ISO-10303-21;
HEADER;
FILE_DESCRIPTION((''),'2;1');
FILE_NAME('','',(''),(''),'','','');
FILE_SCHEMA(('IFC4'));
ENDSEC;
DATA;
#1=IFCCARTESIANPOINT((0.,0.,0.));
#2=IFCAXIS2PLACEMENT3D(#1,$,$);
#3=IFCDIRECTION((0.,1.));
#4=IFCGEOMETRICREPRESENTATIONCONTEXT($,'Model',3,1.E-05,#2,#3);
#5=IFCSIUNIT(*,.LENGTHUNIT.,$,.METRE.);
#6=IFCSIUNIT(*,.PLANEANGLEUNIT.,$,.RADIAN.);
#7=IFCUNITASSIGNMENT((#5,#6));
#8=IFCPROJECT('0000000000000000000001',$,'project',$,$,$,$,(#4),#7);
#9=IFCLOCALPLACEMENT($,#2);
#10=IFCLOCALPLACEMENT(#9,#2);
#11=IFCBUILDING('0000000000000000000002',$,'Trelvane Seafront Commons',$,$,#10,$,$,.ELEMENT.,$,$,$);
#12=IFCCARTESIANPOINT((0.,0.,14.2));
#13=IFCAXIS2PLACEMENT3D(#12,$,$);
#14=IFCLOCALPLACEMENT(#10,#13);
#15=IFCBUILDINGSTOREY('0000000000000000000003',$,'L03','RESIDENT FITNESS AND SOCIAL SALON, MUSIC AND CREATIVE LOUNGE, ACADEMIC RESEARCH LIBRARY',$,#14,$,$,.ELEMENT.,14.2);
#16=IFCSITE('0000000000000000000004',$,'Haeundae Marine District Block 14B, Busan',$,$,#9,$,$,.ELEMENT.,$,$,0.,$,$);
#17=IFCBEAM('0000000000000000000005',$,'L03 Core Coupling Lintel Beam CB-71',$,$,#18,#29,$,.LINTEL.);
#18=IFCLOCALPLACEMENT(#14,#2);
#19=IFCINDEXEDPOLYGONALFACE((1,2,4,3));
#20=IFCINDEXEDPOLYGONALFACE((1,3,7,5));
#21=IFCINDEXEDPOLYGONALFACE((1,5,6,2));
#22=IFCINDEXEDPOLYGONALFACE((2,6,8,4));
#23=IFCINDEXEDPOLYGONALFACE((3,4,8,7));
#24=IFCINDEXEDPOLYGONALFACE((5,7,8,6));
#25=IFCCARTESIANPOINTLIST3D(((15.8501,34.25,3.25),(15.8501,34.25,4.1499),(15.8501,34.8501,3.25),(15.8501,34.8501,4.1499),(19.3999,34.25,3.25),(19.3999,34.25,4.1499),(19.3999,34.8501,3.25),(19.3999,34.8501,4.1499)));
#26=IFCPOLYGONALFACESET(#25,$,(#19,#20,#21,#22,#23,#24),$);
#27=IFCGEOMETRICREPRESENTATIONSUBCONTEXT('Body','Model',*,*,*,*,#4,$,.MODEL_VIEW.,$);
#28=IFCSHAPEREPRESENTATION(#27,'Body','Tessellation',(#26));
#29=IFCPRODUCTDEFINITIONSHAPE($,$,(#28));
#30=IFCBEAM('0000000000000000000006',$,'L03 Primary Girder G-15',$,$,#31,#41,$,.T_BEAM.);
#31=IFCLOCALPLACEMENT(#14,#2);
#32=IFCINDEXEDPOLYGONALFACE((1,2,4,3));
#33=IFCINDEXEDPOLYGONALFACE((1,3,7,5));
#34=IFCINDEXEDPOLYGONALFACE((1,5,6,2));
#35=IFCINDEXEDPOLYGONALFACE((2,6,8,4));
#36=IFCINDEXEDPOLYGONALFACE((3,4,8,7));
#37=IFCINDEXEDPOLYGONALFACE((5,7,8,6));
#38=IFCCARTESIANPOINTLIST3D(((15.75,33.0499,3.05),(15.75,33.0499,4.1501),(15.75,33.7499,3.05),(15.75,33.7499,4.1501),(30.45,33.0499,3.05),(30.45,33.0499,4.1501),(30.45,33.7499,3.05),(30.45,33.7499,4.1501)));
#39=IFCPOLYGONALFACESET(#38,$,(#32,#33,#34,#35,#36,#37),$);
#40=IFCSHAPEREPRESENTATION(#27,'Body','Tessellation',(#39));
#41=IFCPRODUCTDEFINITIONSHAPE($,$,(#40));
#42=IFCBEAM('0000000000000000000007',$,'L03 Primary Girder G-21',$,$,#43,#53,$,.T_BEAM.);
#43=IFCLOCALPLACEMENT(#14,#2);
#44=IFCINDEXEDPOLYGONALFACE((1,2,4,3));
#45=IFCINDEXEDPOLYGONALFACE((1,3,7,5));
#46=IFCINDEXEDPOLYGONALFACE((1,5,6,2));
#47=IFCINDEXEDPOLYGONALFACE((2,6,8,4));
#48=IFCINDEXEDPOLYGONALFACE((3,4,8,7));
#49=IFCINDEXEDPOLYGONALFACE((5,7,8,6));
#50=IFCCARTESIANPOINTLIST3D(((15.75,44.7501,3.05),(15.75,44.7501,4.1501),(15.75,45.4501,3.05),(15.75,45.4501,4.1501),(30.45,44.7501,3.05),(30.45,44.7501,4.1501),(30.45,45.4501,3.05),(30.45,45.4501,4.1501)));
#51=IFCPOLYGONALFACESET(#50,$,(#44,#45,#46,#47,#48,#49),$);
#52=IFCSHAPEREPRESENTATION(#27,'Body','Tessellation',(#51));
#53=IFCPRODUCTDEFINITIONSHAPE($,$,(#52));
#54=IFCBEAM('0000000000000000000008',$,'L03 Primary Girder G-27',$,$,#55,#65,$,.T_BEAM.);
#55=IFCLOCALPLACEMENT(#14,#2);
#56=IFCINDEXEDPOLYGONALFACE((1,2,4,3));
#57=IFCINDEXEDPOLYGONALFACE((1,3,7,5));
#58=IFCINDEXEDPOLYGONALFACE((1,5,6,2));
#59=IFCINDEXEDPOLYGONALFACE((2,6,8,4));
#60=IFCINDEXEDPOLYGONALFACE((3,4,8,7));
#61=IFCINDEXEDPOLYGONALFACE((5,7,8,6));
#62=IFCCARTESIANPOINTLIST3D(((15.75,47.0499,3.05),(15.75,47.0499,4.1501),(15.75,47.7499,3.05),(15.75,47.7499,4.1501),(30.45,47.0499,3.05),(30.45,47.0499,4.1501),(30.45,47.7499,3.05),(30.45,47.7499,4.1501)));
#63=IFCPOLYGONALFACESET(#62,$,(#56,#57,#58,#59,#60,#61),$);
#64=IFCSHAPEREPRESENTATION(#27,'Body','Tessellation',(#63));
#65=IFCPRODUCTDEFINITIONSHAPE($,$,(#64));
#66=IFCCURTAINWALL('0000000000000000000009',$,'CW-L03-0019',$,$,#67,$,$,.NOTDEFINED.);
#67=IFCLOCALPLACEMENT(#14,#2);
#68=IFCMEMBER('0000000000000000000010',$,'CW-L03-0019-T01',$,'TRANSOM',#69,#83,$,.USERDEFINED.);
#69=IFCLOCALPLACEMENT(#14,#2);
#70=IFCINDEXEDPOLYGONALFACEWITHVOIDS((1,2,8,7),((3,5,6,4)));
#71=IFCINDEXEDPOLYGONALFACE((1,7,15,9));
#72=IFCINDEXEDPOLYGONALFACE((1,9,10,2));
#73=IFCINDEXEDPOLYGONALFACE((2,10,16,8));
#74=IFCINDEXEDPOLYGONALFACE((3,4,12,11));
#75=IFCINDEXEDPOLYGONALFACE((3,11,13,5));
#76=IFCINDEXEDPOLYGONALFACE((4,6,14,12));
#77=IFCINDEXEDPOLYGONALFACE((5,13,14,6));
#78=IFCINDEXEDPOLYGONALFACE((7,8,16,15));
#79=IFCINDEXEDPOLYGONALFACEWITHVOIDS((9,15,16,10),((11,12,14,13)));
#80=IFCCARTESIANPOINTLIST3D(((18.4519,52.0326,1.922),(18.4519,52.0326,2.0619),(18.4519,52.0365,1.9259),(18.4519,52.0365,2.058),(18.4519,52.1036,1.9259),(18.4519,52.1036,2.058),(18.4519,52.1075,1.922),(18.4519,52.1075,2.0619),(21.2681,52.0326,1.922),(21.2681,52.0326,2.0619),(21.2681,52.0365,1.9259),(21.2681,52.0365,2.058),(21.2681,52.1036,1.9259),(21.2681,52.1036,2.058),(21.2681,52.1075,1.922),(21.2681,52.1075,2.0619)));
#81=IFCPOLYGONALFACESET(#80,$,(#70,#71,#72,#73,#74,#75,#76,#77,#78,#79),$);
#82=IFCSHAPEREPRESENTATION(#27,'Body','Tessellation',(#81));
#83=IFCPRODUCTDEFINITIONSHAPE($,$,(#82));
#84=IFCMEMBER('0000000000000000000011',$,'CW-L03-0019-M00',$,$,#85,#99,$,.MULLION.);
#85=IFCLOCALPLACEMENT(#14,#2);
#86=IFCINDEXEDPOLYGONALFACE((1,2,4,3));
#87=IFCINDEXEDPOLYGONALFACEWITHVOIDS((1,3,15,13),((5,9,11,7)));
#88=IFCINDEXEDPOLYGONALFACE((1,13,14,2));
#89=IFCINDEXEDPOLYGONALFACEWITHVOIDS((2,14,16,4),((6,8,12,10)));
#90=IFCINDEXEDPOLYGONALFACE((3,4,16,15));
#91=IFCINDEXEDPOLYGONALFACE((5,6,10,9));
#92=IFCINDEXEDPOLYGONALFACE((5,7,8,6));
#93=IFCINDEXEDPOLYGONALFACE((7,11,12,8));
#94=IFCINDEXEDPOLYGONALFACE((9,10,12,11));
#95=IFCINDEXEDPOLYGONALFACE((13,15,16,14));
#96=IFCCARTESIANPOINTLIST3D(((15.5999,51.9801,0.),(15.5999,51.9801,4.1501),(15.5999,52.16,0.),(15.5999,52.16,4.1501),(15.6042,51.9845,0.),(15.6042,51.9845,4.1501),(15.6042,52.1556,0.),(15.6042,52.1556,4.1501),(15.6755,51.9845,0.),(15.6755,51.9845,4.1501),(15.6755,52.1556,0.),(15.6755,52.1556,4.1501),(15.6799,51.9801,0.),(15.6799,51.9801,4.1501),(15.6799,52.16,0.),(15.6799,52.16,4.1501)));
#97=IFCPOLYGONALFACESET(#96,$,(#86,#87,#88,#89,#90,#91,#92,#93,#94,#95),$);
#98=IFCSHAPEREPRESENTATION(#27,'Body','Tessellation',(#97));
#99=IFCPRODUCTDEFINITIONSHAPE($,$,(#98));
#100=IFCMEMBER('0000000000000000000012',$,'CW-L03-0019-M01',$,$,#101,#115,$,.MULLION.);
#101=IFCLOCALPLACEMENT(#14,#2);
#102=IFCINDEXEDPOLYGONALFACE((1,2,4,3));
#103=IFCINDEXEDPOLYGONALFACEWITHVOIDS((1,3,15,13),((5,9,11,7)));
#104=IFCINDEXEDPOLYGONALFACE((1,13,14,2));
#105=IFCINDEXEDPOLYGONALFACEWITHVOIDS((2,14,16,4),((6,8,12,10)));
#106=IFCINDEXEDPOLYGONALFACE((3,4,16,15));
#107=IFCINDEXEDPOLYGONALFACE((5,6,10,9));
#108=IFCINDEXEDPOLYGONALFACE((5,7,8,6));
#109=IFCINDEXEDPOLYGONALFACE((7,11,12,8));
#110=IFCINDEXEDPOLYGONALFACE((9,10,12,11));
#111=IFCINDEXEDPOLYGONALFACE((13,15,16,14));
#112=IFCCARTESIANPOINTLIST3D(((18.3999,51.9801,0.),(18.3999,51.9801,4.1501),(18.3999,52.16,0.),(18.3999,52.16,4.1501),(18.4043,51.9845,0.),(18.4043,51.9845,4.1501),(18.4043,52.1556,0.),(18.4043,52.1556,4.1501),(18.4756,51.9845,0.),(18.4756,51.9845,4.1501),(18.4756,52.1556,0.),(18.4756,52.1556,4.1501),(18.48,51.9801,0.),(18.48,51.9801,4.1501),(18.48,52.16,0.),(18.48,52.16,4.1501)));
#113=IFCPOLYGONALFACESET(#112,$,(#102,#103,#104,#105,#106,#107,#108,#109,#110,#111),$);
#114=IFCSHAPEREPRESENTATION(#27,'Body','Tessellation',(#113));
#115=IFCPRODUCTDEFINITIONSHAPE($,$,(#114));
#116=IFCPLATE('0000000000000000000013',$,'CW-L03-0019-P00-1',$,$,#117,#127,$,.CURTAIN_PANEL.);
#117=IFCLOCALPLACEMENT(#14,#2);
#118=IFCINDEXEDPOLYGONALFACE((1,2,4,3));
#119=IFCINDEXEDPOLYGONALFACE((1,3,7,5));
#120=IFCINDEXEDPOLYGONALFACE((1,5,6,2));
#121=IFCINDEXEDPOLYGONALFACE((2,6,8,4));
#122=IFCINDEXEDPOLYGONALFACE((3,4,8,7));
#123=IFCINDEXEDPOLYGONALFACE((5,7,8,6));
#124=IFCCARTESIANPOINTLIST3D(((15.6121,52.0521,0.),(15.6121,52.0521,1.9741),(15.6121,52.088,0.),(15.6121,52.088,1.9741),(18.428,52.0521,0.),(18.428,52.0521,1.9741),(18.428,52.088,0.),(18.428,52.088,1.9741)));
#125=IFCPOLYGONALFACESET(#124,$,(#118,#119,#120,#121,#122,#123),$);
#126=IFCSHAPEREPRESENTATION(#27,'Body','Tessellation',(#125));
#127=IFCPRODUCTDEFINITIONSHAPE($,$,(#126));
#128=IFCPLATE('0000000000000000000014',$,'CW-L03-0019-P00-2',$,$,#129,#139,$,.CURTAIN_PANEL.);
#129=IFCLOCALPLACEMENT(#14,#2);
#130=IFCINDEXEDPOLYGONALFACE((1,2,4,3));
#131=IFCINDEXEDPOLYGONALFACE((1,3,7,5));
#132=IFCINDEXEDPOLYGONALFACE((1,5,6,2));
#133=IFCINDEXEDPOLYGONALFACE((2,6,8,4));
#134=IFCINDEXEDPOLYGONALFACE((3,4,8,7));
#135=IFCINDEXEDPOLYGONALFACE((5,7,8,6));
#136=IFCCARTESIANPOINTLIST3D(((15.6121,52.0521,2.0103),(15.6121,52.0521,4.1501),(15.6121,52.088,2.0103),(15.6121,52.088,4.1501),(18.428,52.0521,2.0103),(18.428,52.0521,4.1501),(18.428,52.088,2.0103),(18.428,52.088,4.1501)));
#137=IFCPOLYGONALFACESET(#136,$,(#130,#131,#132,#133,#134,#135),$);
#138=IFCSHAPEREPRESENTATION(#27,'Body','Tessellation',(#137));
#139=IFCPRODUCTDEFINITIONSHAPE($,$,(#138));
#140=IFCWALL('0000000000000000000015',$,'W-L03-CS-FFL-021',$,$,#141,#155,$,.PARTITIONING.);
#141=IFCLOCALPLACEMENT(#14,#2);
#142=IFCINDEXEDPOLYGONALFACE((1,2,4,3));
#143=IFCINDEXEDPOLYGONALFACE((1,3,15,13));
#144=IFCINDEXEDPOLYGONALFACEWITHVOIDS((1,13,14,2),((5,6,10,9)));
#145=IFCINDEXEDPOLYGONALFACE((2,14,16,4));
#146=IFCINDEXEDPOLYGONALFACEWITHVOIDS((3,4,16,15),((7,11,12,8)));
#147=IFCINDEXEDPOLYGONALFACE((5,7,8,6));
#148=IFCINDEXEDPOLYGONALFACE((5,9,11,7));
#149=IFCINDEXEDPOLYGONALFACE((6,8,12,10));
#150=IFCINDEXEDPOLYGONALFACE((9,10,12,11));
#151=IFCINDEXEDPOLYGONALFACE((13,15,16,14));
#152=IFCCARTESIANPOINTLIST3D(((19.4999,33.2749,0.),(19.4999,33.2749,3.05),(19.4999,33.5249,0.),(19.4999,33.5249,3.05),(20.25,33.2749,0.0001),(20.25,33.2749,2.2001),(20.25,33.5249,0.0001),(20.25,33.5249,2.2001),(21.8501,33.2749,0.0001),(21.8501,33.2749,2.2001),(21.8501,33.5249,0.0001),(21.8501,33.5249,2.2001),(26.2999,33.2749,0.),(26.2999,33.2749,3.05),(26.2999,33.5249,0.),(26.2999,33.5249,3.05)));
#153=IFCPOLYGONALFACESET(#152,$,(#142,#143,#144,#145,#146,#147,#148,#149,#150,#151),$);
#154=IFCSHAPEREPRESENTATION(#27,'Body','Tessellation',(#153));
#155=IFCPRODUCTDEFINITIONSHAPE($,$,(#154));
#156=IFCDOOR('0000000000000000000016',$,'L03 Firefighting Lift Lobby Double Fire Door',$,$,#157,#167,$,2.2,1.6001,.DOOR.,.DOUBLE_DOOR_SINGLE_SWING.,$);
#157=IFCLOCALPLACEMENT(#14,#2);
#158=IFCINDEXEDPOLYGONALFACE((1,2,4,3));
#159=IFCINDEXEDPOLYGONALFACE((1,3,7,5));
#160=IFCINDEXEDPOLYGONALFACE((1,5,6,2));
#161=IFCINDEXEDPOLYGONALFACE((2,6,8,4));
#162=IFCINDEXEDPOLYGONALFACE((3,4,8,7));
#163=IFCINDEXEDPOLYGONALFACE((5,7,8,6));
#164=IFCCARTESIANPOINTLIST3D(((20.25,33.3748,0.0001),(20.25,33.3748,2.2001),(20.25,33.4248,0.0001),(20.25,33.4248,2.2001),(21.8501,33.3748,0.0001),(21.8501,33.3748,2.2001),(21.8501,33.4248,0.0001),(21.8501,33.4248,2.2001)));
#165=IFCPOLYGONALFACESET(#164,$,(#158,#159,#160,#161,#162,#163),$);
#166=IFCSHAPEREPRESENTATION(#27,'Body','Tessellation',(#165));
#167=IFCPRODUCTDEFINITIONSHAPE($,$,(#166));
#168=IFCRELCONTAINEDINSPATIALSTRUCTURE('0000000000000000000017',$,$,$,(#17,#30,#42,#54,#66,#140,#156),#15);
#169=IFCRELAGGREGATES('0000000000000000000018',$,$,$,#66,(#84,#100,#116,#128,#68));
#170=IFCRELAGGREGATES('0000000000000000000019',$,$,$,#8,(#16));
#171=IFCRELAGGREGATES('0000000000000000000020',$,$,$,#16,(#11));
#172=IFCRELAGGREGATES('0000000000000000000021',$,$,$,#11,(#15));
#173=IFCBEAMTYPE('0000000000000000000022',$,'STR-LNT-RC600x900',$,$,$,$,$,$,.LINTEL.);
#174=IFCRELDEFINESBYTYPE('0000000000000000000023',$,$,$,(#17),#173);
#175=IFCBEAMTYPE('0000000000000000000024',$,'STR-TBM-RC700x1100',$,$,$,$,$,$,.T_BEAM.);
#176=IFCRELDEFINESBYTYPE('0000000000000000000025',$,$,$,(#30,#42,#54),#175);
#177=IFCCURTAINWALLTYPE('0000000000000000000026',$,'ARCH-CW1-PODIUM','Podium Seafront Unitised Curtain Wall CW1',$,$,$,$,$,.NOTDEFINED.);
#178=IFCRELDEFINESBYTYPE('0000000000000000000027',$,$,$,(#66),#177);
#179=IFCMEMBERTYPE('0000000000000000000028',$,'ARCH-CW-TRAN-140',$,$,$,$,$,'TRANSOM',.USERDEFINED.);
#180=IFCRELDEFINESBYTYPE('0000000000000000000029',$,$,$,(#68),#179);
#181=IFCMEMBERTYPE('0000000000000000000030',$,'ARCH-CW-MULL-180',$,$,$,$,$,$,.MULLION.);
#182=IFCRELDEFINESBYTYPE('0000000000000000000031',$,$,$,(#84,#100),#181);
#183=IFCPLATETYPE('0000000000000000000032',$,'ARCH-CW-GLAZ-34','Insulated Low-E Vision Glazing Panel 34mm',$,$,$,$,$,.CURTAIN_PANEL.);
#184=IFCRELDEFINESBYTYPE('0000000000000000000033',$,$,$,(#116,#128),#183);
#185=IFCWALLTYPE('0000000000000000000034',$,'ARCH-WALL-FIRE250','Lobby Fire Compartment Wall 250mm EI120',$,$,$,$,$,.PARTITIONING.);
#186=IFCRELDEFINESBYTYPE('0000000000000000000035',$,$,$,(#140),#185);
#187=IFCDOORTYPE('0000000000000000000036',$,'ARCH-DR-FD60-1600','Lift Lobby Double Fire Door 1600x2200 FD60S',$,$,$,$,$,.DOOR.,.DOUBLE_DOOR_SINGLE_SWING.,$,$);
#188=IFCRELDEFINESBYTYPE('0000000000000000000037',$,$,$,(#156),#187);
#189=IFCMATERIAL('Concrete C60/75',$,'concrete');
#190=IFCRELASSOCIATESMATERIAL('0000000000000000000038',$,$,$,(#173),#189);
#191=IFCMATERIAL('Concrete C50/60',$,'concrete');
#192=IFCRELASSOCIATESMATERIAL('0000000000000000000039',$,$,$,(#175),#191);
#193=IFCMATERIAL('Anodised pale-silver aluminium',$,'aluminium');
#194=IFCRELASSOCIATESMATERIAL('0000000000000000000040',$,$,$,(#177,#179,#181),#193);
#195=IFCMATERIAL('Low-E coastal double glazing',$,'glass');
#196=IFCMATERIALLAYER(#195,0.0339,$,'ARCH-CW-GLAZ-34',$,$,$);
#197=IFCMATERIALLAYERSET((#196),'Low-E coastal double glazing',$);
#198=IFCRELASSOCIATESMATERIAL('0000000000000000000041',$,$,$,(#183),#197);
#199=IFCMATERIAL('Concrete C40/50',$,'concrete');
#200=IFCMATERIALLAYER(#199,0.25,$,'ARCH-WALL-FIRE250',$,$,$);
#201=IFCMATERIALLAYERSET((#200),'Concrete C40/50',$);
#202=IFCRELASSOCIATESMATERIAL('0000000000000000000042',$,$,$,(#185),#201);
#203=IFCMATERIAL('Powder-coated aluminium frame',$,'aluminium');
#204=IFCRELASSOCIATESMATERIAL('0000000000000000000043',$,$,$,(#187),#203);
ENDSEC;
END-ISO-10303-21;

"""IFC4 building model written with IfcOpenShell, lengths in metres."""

from ifc_helpers import new_model, si_unit, direction, frame, frame_2d, origin, origin_2d, place, context, subcontext, project, spatial, rectangle, hollow_rectangle, extrude, source, transform, mapped, material, layer, layer_set, material_profile, profile_set, type_object, element, fill, aggregate, save


model = new_model("IFC4")

# Units and contexts
model_context = context("Model", 3, precision=1e-05, world=origin(), true_north=direction((0.0, 1.0)))
body_context = subcontext(model_context, "Body", "Model", "MODEL_VIEW")
ifc_project = project(units=[si_unit("LENGTHUNIT", "METRE"), si_unit("PLANEANGLEUNIT", "RADIAN")], contexts=[model_context])

# Site, building, storey
site_placement = place(None, origin())
site = spatial("IfcSite", under=ifc_project, at=site_placement, Name="Haeundae Marine District Block 14B, Busan", CompositionType="ELEMENT", RefElevation=0.0)
building_placement = place(site_placement, origin())
building = spatial("IfcBuilding", under=site, at=building_placement, Name="Trelvane Seafront Commons", CompositionType="ELEMENT")
storey_placement = place(building_placement, frame((0.0, 0.0, 14.2)))
storey = spatial("IfcBuildingStorey", under=building, at=storey_placement, Name="L03", Description="RESIDENT FITNESS AND SOCIAL SALON, MUSIC AND CREATIVE LOUNGE, ACADEMIC RESEARCH LIBRARY", CompositionType="ELEMENT", Elevation=14.2)

# Beams
ifc_material_1 = material(Name="Concrete C60/75", Category="concrete")
ifc_material_profile_1 = material_profile(ifc_material_1, rectangle(XDim=0.6001, YDim=0.8999, at=origin_2d()), Name="RC-600x900")
ifc_profile_set_1 = profile_set([ifc_material_profile_1], Name="Concrete C60/75")
beam_type_1 = type_object("IfcBeamType", Name="STR-LNT-RC600x900", PredefinedType="LINTEL", material=ifc_profile_set_1)
shared_shape_1 = source(origin(), body_context, "Body", "SweptSolid", [
    extrude(rectangle(XDim=0.6001, YDim=0.8999, at=origin_2d()), origin(), (0.0, 0.0, 1.0), 3.5498),
])
beam_placement = place(storey_placement, frame((15.8501, 34.55, 3.7), z_axis=(1.0, 0.0, 0.0), x_axis=(0.0, 1.0, 0.0)))
element("IfcBeam", 1, at=beam_placement, inside=storey, type_object=beam_type_1, Name="L03 Core Coupling Lintel Beam CB-71", PredefinedType="LINTEL", context=body_context, shape_type="MappedRepresentation", body=[
    mapped(shared_shape_1, transform((0.0, 0.0, 0.0), x_axis=(1.0, 0.0, 0.0), y_axis=(0.0, 1.0, 0.0), z_axis=(0.0, 0.0, 1.0), scale=1.0)),
])
ifc_material_2 = material(Name="Concrete C50/60", Category="concrete")
ifc_material_profile_2 = material_profile(ifc_material_2, rectangle(XDim=0.7, YDim=1.1001, at=origin_2d()), Name="RC-700x1100")
ifc_profile_set_2 = profile_set([ifc_material_profile_2], Name="Concrete C50/60")
beam_type_2 = type_object("IfcBeamType", Name="STR-TBM-RC700x1100", PredefinedType="T_BEAM", material=ifc_profile_set_2)
shared_shape_2 = source(origin(), body_context, "Body", "SweptSolid", [
    extrude(rectangle(XDim=0.7, YDim=1.1001, at=origin_2d()), origin(), (0.0, 0.0, 1.0), 14.7),
])
for number, where, z_axis, x_axis, name in (
    (2, (15.75, 33.3999, 3.6001), (1.0, 0.0, 0.0), (0.0, 1.0, 0.0), "L03 Primary Girder G-15"),
    (3, (15.75, 45.1001, 3.6001), (1.0, 0.0, 0.0), (0.0, 1.0, 0.0), "L03 Primary Girder G-21"),
    (4, (15.75, 47.3999, 3.6001), (1.0, 0.0, 0.0), (0.0, 1.0, 0.0), "L03 Primary Girder G-27"),
):
    element("IfcBeam", number, at=place(storey_placement, frame(where, z_axis=z_axis, x_axis=x_axis)), inside=storey, type_object=beam_type_2, Name=name, PredefinedType="T_BEAM", context=body_context, shape_type="MappedRepresentation", body=[
        mapped(shared_shape_2, transform((0.0, 0.0, 0.0), x_axis=(1.0, 0.0, 0.0), y_axis=(0.0, 1.0, 0.0), z_axis=(0.0, 0.0, 1.0), scale=1.0)),
    ])

# Curtain wall, members, plates
ifc_material_3 = material(Name="Anodised pale-silver aluminium", Category="aluminium")
curtain_wall_type = type_object("IfcCurtainWallType", Name="ARCH-CW1-PODIUM", Description="Podium Seafront Unitised Curtain Wall CW1", PredefinedType="NOTDEFINED", material=ifc_material_3)
curtain_wall_placement = place(storey_placement, origin())
curtain_wall = element("IfcCurtainWall", 5, at=curtain_wall_placement, inside=storey, type_object=curtain_wall_type, Name="CW-L03-0019", PredefinedType="NOTDEFINED")
ifc_material_profile_3 = material_profile(ifc_material_3, hollow_rectangle(XDim=0.075, YDim=0.1399, WallThickness=0.0039, at=origin_2d()), Name="TRAN-75x140x4")
ifc_profile_set_3 = profile_set([ifc_material_profile_3], Name="Anodised pale-silver aluminium")
member_type_1 = type_object("IfcMemberType", Name="ARCH-CW-TRAN-140", ElementType="TRANSOM", PredefinedType="USERDEFINED", material=ifc_profile_set_3)
shared_shape_3 = source(origin(), body_context, "Body", "SweptSolid", [
    extrude(hollow_rectangle(XDim=0.075, YDim=0.1399, WallThickness=0.0039, at=origin_2d()), origin(), (0.0, 0.0, 1.0), 2.8162),
])
member_1_placement = place(storey_placement, frame((18.4519, 52.0701, 1.9919), z_axis=(1.0, 0.0, 0.0), x_axis=(0.0, 1.0, 0.0)))
member_1 = element("IfcMember", 6, at=member_1_placement, type_object=member_type_1, Name="CW-L03-0019-T01", ObjectType="TRANSOM", PredefinedType="USERDEFINED", context=body_context, shape_type="MappedRepresentation", body=[
    mapped(shared_shape_3, transform((0.0, 0.0, 0.0), x_axis=(1.0, 0.0, 0.0), y_axis=(0.0, 1.0, 0.0), z_axis=(0.0, 0.0, 1.0), scale=1.0)),
])
ifc_material_profile_4 = material_profile(ifc_material_3, hollow_rectangle(XDim=0.0801, YDim=0.1799, WallThickness=0.0044, at=origin_2d()), Name="MULL-80x180x4.5")
ifc_profile_set_4 = profile_set([ifc_material_profile_4], Name="Anodised pale-silver aluminium")
member_type_2 = type_object("IfcMemberType", Name="ARCH-CW-MULL-180", PredefinedType="MULLION", material=ifc_profile_set_4)
shared_shape_4 = source(origin(), body_context, "Body", "SweptSolid", [
    extrude(hollow_rectangle(XDim=0.0801, YDim=0.1799, WallThickness=0.0044, at=origin_2d()), origin(), (0.0, 0.0, 1.0), 4.1501),
])
member_2_placement = place(storey_placement, frame((15.6399, 52.0701, 0.0), z_axis=(0.0, 0.0, 1.0), x_axis=(1.0, 0.0, 0.0)))
member_2 = element("IfcMember", 7, at=member_2_placement, type_object=member_type_2, Name="CW-L03-0019-M00", PredefinedType="MULLION", context=body_context, shape_type="MappedRepresentation", body=[
    mapped(shared_shape_4, transform((0.0, 0.0, 0.0), x_axis=(1.0, 0.0, 0.0), y_axis=(0.0, 1.0, 0.0), z_axis=(0.0, 0.0, 1.0), scale=1.0)),
])
member_3_placement = place(storey_placement, frame((18.4399, 52.0701, 0.0), z_axis=(0.0, 0.0, 1.0), x_axis=(1.0, 0.0, 0.0)))
member_3 = element("IfcMember", 8, at=member_3_placement, type_object=member_type_2, Name="CW-L03-0019-M01", PredefinedType="MULLION", context=body_context, shape_type="MappedRepresentation", body=[
    mapped(shared_shape_4, transform((0.0, 0.0, 0.0), x_axis=(1.0, 0.0, 0.0), y_axis=(0.0, 1.0, 0.0), z_axis=(0.0, 0.0, 1.0), scale=1.0)),
])
ifc_material_4 = material(Name="Low-E coastal double glazing", Category="glass")
ifc_layer_1 = layer(ifc_material_4, 0.0339, Name="ARCH-CW-GLAZ-34")
ifc_layer_set_1 = layer_set([ifc_layer_1], Name="Low-E coastal double glazing")
plate_type = type_object("IfcPlateType", Name="ARCH-CW-GLAZ-34", Description="Insulated Low-E Vision Glazing Panel 34mm", PredefinedType="CURTAIN_PANEL", material=ifc_layer_set_1)
shared_shape_5 = source(origin(), body_context, "Body", "SweptSolid", [
    extrude(rectangle(XDim=2.8159, YDim=0.0359, at=origin_2d()), origin(), (0.0, 0.0, 1.0), 1.9741),
])
plate_1_placement = place(storey_placement, frame((17.02, 52.0701, 0.0), z_axis=(0.0, 0.0, 1.0), x_axis=(1.0, 0.0, 0.0)))
plate_1 = element("IfcPlate", 9, at=plate_1_placement, type_object=plate_type, Name="CW-L03-0019-P00-1", PredefinedType="CURTAIN_PANEL", context=body_context, shape_type="MappedRepresentation", body=[
    mapped(shared_shape_5, transform((0.0, 0.0, 0.0), x_axis=(1.0, 0.0, 0.0), y_axis=(0.0, 1.0, 0.0), z_axis=(0.0, 0.0, 1.0), scale=1.0)),
])
shared_shape_6 = source(origin(), body_context, "Body", "SweptSolid", [
    extrude(rectangle(XDim=2.8159, YDim=0.0359, at=origin_2d()), origin(), (0.0, 0.0, 1.0), 2.1399),
])
plate_2_placement = place(storey_placement, frame((17.02, 52.0701, 2.0103), z_axis=(0.0, 0.0, 1.0), x_axis=(1.0, 0.0, 0.0)))
plate_2 = element("IfcPlate", 10, at=plate_2_placement, type_object=plate_type, Name="CW-L03-0019-P00-2", PredefinedType="CURTAIN_PANEL", context=body_context, shape_type="MappedRepresentation", body=[
    mapped(shared_shape_6, transform((0.0, 0.0, 0.0), x_axis=(1.0, 0.0, 0.0), y_axis=(0.0, 1.0, 0.0), z_axis=(0.0, 0.0, 1.0), scale=1.0)),
])
aggregate(curtain_wall, [member_2, member_3, plate_1, plate_2, member_1])

# Wall, opening, door
ifc_material_5 = material(Name="Concrete C40/50", Category="concrete")
ifc_layer_2 = layer(ifc_material_5, 0.25, Name="ARCH-WALL-FIRE250")
ifc_layer_set_2 = layer_set([ifc_layer_2], Name="Concrete C40/50")
wall_type_1 = type_object("IfcWallType", Name="ARCH-WALL-FIRE250", Description="Lobby Fire Compartment Wall 250mm EI120", PredefinedType="PARTITIONING", material=ifc_layer_set_2)
wall_1_placement = place(storey_placement, frame((19.5, 33.3999, 0.0), z_axis=(0.0, 0.0, 1.0), x_axis=(1.0, 0.0, 0.0)))
wall_1 = element("IfcWall", 11, at=wall_1_placement, inside=storey, type_object=wall_type_1, Name="W-L03-CS-FFL-021", PredefinedType="PARTITIONING", context=body_context, shape_type="SweptSolid", body=[
    extrude(rectangle(XDim=6.8, YDim=0.25, at=frame_2d((3.3999, 0.0))), origin(), (0.0, 0.0, 1.0), 3.05),
])
opening_1_placement = place(wall_1_placement, frame((0.75, 0.0, 0.0)))
opening_1 = element("IfcOpeningElement", 12, at=opening_1_placement, cuts=wall_1, PredefinedType="OPENING", context=body_context, shape_type="SweptSolid", body=[
    extrude(rectangle(XDim=1.6001, YDim=2.2, at=frame_2d((0.8, 1.1001))), frame((0.0, 0.135, 0.0), z_axis=(0.0, -1.0, 0.0), x_axis=(1.0, 0.0, 0.0)), (0.0, 0.0, 1.0), 0.27),
])
ifc_material_6 = material(Name="Powder-coated aluminium frame", Category="aluminium")
door_type_1 = type_object("IfcDoorType", Name="ARCH-DR-FD60-1600", Description="Lift Lobby Double Fire Door 1600x2200 FD60S", OperationType="DOUBLE_DOOR_SINGLE_SWING", PredefinedType="DOOR", material=ifc_material_6)
shared_shape_7 = source(origin(), body_context, "Body", "SweptSolid", [
    extrude(rectangle(XDim=1.6001, YDim=2.2, at=frame_2d((0.8, 1.1001))), frame((0.0, 0.0249, 0.0), z_axis=(0.0, -1.0, 0.0), x_axis=(1.0, 0.0, 0.0)), (0.0, 0.0, 1.0), 0.05),
])
door_1_placement = place(opening_1_placement, origin())
door_1 = element("IfcDoor", 13, at=door_1_placement, inside=storey, type_object=door_type_1, Name="L03 Firefighting Lift Lobby Double Fire Door", OperationType="DOUBLE_DOOR_SINGLE_SWING", OverallHeight=2.2, OverallWidth=1.6001, PredefinedType="DOOR", context=body_context, shape_type="MappedRepresentation", body=[
    mapped(shared_shape_7, transform((0.0, 0.0, 0.0), x_axis=(1.0, 0.0, 0.0), y_axis=(0.0, 1.0, 0.0), z_axis=(0.0, 0.0, 1.0), scale=1.0)),
])
fill(opening_1, door_1)

save(model, "model.ifc")
